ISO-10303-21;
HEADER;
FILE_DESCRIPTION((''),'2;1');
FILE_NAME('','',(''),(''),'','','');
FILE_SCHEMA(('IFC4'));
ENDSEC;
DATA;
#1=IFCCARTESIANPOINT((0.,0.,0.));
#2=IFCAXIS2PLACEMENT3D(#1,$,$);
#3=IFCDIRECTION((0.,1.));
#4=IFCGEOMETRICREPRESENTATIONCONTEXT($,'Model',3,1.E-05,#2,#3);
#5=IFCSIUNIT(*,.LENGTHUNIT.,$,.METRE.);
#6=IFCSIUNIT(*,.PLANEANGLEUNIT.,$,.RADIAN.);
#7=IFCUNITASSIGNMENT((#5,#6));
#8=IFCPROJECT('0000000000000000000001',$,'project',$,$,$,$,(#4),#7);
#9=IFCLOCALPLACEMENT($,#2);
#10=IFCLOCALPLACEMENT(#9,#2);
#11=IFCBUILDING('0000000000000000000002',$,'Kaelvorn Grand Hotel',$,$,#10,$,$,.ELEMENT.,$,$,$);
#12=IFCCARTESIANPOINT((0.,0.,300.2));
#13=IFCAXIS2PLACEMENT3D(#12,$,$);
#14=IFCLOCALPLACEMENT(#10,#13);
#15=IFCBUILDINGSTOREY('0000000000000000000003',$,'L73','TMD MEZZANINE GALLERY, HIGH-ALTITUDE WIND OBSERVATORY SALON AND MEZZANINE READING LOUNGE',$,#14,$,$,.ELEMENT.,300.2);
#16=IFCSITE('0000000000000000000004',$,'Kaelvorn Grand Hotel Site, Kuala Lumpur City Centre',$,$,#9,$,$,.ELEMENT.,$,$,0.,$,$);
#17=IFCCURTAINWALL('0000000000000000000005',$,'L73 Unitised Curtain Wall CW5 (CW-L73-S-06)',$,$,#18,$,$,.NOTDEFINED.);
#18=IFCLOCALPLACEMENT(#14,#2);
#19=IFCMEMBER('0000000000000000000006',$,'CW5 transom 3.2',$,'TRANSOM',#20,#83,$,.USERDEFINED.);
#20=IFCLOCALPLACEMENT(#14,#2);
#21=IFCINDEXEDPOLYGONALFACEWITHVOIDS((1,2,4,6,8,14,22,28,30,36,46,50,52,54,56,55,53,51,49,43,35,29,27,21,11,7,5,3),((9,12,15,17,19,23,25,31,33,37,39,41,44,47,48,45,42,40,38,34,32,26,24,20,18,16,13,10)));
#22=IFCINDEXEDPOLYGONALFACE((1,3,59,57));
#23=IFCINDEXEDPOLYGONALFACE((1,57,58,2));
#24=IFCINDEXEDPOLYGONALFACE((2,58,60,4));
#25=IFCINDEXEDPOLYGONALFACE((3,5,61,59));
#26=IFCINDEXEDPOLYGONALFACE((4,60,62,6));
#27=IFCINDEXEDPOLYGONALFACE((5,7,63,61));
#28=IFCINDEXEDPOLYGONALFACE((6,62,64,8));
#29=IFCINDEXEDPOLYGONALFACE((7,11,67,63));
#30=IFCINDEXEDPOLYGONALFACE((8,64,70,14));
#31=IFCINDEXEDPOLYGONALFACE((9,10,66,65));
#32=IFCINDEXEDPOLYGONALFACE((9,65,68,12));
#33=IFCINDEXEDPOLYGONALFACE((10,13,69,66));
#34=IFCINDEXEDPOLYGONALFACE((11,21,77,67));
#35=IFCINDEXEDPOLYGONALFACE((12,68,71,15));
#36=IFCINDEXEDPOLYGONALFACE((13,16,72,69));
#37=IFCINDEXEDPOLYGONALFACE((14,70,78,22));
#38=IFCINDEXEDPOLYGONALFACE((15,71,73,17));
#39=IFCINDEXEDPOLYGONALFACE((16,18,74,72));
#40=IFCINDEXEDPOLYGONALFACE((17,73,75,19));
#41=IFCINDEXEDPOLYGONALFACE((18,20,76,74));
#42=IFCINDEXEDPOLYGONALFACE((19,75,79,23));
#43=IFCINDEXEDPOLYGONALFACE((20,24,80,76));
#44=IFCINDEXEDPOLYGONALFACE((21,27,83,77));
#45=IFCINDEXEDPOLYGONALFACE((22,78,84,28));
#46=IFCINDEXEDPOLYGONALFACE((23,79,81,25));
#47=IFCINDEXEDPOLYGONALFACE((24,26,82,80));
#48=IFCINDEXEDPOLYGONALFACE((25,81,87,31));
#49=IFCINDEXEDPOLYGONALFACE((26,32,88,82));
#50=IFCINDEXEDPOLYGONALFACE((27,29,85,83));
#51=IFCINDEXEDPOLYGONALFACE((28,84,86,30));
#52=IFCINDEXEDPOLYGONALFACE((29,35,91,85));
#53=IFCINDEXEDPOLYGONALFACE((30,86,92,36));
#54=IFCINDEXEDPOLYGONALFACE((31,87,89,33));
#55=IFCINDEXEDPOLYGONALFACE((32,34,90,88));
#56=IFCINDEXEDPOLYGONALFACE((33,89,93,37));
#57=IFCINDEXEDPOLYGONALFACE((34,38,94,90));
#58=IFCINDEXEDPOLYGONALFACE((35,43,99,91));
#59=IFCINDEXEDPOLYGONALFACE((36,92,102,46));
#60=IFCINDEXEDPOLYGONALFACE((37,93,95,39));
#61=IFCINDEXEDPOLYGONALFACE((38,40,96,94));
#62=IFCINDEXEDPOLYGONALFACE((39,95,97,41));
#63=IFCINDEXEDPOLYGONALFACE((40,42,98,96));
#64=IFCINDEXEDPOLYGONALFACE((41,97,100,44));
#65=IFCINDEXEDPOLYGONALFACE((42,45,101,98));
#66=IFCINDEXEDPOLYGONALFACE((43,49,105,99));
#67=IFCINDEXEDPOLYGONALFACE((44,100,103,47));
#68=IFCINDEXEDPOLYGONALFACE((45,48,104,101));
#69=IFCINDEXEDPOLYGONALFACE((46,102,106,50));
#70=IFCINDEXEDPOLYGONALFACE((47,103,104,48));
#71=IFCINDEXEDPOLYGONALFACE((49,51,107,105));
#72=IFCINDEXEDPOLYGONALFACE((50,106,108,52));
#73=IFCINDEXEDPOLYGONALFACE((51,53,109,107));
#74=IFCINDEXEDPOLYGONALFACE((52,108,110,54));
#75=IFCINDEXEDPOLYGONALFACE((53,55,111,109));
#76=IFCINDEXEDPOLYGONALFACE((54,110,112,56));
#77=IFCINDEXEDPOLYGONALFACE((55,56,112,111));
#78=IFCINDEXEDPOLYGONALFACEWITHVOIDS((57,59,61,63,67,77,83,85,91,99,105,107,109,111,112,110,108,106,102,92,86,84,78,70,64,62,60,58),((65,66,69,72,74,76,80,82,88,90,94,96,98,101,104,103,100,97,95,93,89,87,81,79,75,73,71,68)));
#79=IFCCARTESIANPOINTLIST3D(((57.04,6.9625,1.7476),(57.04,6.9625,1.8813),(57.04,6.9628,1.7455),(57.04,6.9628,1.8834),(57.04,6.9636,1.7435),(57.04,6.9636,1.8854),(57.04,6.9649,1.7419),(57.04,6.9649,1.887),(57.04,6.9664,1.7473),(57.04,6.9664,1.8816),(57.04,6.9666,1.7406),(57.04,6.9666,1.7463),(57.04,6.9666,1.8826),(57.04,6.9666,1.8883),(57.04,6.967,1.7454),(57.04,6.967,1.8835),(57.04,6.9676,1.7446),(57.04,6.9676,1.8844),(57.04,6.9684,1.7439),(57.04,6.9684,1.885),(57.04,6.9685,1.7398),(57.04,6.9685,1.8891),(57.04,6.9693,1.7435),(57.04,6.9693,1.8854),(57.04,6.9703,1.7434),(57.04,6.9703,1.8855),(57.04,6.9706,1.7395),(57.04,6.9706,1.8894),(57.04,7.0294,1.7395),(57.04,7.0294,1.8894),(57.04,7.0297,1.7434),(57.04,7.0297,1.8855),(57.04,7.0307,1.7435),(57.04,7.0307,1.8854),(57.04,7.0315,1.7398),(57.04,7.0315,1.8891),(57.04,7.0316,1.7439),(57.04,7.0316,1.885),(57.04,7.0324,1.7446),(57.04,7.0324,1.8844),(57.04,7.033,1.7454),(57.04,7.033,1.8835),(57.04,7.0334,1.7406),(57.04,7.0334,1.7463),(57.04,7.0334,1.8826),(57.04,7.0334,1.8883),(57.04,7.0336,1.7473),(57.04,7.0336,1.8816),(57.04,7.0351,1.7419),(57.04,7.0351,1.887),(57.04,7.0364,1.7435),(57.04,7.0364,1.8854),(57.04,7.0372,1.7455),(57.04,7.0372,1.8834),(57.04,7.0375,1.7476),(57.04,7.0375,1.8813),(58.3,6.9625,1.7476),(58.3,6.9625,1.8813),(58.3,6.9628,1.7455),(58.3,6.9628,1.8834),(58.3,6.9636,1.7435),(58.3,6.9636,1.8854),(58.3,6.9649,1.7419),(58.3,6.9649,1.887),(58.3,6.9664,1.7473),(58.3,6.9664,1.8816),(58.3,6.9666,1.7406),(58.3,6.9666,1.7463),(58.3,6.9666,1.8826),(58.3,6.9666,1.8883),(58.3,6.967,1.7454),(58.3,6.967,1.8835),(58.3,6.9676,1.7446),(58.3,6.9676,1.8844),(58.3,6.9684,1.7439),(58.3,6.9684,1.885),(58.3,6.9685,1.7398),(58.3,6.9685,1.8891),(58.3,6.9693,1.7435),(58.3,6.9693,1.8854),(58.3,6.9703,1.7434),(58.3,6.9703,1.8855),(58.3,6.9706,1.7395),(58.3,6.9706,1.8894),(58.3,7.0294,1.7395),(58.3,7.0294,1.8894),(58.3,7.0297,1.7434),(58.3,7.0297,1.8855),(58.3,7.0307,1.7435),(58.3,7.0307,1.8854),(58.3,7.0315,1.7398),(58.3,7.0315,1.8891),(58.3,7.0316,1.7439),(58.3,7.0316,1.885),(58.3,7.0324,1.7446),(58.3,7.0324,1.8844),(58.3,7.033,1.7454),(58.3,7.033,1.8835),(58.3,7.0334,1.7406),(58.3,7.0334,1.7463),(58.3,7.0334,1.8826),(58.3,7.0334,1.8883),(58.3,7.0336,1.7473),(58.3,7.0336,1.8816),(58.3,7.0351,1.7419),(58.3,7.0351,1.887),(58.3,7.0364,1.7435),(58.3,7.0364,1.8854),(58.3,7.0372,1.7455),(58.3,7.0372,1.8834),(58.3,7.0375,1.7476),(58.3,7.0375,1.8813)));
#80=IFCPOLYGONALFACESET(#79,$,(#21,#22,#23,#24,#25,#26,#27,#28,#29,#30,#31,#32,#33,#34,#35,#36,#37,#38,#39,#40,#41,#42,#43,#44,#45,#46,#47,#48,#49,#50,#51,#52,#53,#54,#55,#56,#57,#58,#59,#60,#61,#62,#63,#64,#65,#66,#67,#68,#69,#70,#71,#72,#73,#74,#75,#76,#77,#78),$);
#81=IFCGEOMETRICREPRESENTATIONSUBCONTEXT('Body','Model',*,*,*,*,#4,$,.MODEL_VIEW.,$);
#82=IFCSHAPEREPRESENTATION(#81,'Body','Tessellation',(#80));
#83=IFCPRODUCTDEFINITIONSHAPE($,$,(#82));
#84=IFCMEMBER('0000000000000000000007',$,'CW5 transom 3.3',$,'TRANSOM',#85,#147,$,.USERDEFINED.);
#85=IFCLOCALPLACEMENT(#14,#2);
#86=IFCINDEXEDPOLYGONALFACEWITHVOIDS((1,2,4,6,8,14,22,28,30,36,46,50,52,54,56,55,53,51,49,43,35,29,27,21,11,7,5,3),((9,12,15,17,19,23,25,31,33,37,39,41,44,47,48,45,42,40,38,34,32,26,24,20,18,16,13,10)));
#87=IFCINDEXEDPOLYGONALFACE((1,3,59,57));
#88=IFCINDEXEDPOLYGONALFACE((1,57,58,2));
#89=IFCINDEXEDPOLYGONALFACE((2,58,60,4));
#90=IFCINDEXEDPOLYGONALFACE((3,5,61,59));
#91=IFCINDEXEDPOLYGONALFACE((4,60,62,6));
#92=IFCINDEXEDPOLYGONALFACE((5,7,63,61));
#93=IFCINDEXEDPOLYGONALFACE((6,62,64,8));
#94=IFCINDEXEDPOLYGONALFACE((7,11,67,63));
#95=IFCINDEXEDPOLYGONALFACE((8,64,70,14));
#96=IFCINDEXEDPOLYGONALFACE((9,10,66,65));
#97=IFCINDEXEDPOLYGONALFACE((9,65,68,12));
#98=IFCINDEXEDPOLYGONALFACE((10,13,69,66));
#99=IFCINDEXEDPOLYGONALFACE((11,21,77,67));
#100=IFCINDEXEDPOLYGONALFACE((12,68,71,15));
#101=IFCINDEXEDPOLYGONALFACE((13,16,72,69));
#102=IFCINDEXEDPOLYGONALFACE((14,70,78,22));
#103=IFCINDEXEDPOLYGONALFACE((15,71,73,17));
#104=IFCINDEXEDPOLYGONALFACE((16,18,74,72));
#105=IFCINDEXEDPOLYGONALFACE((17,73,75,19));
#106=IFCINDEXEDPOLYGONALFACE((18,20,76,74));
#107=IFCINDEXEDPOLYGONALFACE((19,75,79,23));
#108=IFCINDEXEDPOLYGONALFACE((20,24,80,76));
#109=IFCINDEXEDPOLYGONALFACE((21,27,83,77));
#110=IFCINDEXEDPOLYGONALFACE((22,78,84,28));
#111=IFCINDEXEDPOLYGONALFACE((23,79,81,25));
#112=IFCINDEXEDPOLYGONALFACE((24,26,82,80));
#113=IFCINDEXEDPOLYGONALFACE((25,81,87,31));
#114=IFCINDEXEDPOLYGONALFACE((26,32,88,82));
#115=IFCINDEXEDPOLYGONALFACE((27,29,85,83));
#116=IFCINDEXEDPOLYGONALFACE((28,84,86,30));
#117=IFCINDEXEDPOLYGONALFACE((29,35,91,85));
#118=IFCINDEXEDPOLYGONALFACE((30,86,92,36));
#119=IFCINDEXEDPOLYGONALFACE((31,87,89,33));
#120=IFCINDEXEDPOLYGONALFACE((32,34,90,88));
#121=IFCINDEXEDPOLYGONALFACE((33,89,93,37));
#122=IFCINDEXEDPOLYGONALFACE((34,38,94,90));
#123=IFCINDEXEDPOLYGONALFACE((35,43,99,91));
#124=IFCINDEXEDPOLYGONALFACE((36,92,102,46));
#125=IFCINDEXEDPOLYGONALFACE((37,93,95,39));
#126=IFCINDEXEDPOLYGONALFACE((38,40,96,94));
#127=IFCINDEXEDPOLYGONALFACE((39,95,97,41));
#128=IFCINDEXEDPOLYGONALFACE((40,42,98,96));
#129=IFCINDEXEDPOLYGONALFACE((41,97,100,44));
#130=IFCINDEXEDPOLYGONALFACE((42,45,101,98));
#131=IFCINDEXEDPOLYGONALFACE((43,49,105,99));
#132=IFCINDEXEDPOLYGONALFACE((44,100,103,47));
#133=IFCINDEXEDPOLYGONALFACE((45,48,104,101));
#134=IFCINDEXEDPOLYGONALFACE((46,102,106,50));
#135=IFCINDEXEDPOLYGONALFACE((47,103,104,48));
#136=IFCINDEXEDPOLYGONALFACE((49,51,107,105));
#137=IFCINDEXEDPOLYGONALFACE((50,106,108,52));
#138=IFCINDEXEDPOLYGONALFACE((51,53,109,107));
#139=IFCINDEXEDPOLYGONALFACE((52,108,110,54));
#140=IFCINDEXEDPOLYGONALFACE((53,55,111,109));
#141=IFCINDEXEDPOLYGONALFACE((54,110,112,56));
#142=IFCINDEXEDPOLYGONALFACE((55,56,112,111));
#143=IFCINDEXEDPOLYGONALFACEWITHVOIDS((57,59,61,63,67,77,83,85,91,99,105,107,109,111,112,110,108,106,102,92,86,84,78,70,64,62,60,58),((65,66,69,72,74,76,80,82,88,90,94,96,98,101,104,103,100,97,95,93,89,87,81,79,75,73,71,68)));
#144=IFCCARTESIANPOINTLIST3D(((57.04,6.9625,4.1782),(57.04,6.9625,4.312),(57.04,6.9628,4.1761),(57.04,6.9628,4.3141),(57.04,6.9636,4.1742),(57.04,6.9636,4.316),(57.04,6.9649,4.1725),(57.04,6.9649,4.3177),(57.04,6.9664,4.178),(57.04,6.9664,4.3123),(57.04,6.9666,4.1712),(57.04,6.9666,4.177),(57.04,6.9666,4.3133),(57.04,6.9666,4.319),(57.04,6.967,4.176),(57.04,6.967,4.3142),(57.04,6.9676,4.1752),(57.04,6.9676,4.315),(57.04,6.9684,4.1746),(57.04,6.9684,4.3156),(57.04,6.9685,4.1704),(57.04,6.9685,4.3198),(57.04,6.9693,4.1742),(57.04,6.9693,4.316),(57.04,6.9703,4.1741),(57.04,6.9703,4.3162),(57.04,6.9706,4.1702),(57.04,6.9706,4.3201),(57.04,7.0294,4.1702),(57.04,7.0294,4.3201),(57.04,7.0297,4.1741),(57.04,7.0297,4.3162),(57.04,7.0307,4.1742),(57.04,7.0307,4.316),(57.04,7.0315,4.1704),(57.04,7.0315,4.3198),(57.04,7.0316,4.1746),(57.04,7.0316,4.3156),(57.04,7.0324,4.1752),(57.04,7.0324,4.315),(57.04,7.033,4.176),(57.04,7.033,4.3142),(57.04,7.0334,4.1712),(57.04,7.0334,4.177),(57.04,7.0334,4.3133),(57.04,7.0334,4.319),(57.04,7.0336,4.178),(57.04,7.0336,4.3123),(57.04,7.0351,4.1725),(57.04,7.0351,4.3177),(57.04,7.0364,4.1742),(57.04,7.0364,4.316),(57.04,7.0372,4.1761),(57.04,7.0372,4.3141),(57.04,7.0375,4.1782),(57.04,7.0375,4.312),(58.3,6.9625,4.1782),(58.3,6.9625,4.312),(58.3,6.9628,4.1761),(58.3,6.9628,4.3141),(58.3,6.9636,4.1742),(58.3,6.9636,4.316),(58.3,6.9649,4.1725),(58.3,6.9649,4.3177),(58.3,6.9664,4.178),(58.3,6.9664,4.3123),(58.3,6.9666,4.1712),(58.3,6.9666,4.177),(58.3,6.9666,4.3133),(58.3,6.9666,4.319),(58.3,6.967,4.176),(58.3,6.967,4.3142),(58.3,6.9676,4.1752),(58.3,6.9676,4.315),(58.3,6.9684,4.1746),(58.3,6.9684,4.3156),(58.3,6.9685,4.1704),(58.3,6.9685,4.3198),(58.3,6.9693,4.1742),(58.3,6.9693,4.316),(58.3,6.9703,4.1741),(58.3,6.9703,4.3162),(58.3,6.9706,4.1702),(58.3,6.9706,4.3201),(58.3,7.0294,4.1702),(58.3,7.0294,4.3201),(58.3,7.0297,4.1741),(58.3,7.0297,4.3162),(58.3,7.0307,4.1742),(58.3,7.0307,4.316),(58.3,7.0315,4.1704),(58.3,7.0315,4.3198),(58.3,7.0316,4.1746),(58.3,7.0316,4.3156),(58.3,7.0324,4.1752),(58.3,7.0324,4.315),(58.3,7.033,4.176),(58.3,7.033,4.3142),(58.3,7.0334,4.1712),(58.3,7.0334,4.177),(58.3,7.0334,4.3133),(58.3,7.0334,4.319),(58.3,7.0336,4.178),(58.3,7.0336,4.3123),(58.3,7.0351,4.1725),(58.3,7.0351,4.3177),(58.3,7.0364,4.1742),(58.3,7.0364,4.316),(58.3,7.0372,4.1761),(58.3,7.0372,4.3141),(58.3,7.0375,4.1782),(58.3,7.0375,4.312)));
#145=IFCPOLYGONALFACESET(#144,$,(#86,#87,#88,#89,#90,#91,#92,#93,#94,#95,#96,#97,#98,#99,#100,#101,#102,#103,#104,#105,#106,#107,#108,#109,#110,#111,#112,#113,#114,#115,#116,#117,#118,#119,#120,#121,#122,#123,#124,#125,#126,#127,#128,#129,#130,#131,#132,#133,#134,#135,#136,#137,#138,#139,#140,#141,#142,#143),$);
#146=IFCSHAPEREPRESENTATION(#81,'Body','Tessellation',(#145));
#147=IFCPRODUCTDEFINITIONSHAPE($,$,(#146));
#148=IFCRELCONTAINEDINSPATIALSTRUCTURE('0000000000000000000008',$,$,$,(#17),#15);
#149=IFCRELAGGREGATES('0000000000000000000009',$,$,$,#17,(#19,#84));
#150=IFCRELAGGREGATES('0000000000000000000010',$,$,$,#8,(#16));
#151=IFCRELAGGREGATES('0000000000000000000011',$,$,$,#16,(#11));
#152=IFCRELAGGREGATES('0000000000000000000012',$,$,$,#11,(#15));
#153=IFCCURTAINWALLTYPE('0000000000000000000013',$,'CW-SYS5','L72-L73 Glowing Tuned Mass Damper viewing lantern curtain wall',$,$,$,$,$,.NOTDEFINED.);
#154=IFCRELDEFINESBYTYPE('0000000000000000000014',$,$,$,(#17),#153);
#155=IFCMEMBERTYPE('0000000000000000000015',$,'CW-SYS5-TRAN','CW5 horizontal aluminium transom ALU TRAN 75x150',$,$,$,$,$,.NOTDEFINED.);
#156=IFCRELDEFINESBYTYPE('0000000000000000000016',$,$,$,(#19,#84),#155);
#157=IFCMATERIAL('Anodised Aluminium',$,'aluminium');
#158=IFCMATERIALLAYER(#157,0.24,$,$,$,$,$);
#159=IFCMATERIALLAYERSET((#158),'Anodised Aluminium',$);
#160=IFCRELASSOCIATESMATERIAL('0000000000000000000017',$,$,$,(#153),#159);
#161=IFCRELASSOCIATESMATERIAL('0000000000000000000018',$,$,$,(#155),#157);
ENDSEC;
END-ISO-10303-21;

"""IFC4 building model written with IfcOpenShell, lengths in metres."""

from ifc_helpers import new_model, si_unit, direction, frame, origin, origin_2d, place, context, subcontext, project, spatial, hollow_rectangle, extrude, material, layer, layer_set, material_profile, profile_set, type_object, element, aggregate, save


model = new_model("IFC4")

# Units and contexts
model_context = context("Model", 3, precision=1e-05, world=origin(), true_north=direction((0.0, 1.0)))
body_context = subcontext(model_context, "Body", "Model", "MODEL_VIEW")
ifc_project = project(units=[si_unit("LENGTHUNIT", "METRE"), si_unit("PLANEANGLEUNIT", "RADIAN")], contexts=[model_context])

# Site, building, storey
site_placement = place(None, origin())
site = spatial("IfcSite", under=ifc_project, at=site_placement, Name="Kaelvorn Grand Hotel Site, Kuala Lumpur City Centre", CompositionType="ELEMENT", RefElevation=0.0)
building_placement = place(site_placement, origin())
building = spatial("IfcBuilding", under=site, at=building_placement, Name="Kaelvorn Grand Hotel", CompositionType="ELEMENT")
storey_placement = place(building_placement, frame((0.0, 0.0, 300.2)))
storey = spatial("IfcBuildingStorey", under=building, at=storey_placement, Name="L73", Description="TMD MEZZANINE GALLERY, HIGH-ALTITUDE WIND OBSERVATORY SALON AND MEZZANINE READING LOUNGE", CompositionType="ELEMENT", Elevation=300.2)

# Curtain wall
ifc_material_1 = material(Name="Anodised Aluminium", Category="aluminium")
ifc_layer_1 = layer(ifc_material_1, 0.24)
ifc_layer_set_1 = layer_set([ifc_layer_1], Name="Anodised Aluminium")
curtain_wall_type = type_object("IfcCurtainWallType", Name="CW-SYS5", Description="L72-L73 Glowing Tuned Mass Damper viewing lantern curtain wall", PredefinedType="NOTDEFINED", material=ifc_layer_set_1)
curtain_wall_1_placement = place(storey_placement, origin())
curtain_wall_1 = element("IfcCurtainWall", 1, at=curtain_wall_1_placement, inside=storey, type_object=curtain_wall_type, Name="L73 Unitised Curtain Wall CW5 (CW-L73-S-06)", PredefinedType="NOTDEFINED")

# Members
ifc_material_profile_1 = material_profile(ifc_material_1, hollow_rectangle(XDim=0.075, YDim=0.1499, WallThickness=0.0039, InnerFilletRadius=0.0039, OuterFilletRadius=0.0081, at=origin_2d()), Name="ALU TRAN 75x150")
ifc_profile_set_1 = profile_set([ifc_material_profile_1], Name="Anodised Aluminium")
member_type_1 = type_object("IfcMemberType", Name="CW-SYS5-TRAN", Description="CW5 horizontal aluminium transom ALU TRAN 75x150", PredefinedType="NOTDEFINED", material=ifc_profile_set_1)
member_1_placement = place(storey_placement, frame((57.04, 7.0, 1.8145), z_axis=(1.0, 0.0, 0.0), x_axis=(0.0, 1.0, 0.0)))
member_1 = element("IfcMember", 2, at=member_1_placement, type_object=member_type_1, Name="CW5 transom 3.2", ObjectType="TRANSOM", PredefinedType="USERDEFINED", context=body_context, shape_type="SweptSolid", body=[
    extrude(hollow_rectangle(XDim=0.075, YDim=0.1499, WallThickness=0.0039, InnerFilletRadius=0.0039, OuterFilletRadius=0.0081, at=origin_2d()), origin(), (0.0, 0.0, 1.0), 1.26),
])
member_2_placement = place(storey_placement, frame((57.04, 7.0, 4.2451), z_axis=(1.0, 0.0, 0.0), x_axis=(0.0, 1.0, 0.0)))
member_2 = element("IfcMember", 3, at=member_2_placement, type_object=member_type_1, Name="CW5 transom 3.3", ObjectType="TRANSOM", PredefinedType="USERDEFINED", context=body_context, shape_type="SweptSolid", body=[
    extrude(hollow_rectangle(XDim=0.075, YDim=0.1499, WallThickness=0.0039, InnerFilletRadius=0.0039, OuterFilletRadius=0.0081, at=origin_2d()), origin(), (0.0, 0.0, 1.0), 1.26),
])

aggregate(curtain_wall_1, [member_1, member_2])

save(model, "model.ifc")
